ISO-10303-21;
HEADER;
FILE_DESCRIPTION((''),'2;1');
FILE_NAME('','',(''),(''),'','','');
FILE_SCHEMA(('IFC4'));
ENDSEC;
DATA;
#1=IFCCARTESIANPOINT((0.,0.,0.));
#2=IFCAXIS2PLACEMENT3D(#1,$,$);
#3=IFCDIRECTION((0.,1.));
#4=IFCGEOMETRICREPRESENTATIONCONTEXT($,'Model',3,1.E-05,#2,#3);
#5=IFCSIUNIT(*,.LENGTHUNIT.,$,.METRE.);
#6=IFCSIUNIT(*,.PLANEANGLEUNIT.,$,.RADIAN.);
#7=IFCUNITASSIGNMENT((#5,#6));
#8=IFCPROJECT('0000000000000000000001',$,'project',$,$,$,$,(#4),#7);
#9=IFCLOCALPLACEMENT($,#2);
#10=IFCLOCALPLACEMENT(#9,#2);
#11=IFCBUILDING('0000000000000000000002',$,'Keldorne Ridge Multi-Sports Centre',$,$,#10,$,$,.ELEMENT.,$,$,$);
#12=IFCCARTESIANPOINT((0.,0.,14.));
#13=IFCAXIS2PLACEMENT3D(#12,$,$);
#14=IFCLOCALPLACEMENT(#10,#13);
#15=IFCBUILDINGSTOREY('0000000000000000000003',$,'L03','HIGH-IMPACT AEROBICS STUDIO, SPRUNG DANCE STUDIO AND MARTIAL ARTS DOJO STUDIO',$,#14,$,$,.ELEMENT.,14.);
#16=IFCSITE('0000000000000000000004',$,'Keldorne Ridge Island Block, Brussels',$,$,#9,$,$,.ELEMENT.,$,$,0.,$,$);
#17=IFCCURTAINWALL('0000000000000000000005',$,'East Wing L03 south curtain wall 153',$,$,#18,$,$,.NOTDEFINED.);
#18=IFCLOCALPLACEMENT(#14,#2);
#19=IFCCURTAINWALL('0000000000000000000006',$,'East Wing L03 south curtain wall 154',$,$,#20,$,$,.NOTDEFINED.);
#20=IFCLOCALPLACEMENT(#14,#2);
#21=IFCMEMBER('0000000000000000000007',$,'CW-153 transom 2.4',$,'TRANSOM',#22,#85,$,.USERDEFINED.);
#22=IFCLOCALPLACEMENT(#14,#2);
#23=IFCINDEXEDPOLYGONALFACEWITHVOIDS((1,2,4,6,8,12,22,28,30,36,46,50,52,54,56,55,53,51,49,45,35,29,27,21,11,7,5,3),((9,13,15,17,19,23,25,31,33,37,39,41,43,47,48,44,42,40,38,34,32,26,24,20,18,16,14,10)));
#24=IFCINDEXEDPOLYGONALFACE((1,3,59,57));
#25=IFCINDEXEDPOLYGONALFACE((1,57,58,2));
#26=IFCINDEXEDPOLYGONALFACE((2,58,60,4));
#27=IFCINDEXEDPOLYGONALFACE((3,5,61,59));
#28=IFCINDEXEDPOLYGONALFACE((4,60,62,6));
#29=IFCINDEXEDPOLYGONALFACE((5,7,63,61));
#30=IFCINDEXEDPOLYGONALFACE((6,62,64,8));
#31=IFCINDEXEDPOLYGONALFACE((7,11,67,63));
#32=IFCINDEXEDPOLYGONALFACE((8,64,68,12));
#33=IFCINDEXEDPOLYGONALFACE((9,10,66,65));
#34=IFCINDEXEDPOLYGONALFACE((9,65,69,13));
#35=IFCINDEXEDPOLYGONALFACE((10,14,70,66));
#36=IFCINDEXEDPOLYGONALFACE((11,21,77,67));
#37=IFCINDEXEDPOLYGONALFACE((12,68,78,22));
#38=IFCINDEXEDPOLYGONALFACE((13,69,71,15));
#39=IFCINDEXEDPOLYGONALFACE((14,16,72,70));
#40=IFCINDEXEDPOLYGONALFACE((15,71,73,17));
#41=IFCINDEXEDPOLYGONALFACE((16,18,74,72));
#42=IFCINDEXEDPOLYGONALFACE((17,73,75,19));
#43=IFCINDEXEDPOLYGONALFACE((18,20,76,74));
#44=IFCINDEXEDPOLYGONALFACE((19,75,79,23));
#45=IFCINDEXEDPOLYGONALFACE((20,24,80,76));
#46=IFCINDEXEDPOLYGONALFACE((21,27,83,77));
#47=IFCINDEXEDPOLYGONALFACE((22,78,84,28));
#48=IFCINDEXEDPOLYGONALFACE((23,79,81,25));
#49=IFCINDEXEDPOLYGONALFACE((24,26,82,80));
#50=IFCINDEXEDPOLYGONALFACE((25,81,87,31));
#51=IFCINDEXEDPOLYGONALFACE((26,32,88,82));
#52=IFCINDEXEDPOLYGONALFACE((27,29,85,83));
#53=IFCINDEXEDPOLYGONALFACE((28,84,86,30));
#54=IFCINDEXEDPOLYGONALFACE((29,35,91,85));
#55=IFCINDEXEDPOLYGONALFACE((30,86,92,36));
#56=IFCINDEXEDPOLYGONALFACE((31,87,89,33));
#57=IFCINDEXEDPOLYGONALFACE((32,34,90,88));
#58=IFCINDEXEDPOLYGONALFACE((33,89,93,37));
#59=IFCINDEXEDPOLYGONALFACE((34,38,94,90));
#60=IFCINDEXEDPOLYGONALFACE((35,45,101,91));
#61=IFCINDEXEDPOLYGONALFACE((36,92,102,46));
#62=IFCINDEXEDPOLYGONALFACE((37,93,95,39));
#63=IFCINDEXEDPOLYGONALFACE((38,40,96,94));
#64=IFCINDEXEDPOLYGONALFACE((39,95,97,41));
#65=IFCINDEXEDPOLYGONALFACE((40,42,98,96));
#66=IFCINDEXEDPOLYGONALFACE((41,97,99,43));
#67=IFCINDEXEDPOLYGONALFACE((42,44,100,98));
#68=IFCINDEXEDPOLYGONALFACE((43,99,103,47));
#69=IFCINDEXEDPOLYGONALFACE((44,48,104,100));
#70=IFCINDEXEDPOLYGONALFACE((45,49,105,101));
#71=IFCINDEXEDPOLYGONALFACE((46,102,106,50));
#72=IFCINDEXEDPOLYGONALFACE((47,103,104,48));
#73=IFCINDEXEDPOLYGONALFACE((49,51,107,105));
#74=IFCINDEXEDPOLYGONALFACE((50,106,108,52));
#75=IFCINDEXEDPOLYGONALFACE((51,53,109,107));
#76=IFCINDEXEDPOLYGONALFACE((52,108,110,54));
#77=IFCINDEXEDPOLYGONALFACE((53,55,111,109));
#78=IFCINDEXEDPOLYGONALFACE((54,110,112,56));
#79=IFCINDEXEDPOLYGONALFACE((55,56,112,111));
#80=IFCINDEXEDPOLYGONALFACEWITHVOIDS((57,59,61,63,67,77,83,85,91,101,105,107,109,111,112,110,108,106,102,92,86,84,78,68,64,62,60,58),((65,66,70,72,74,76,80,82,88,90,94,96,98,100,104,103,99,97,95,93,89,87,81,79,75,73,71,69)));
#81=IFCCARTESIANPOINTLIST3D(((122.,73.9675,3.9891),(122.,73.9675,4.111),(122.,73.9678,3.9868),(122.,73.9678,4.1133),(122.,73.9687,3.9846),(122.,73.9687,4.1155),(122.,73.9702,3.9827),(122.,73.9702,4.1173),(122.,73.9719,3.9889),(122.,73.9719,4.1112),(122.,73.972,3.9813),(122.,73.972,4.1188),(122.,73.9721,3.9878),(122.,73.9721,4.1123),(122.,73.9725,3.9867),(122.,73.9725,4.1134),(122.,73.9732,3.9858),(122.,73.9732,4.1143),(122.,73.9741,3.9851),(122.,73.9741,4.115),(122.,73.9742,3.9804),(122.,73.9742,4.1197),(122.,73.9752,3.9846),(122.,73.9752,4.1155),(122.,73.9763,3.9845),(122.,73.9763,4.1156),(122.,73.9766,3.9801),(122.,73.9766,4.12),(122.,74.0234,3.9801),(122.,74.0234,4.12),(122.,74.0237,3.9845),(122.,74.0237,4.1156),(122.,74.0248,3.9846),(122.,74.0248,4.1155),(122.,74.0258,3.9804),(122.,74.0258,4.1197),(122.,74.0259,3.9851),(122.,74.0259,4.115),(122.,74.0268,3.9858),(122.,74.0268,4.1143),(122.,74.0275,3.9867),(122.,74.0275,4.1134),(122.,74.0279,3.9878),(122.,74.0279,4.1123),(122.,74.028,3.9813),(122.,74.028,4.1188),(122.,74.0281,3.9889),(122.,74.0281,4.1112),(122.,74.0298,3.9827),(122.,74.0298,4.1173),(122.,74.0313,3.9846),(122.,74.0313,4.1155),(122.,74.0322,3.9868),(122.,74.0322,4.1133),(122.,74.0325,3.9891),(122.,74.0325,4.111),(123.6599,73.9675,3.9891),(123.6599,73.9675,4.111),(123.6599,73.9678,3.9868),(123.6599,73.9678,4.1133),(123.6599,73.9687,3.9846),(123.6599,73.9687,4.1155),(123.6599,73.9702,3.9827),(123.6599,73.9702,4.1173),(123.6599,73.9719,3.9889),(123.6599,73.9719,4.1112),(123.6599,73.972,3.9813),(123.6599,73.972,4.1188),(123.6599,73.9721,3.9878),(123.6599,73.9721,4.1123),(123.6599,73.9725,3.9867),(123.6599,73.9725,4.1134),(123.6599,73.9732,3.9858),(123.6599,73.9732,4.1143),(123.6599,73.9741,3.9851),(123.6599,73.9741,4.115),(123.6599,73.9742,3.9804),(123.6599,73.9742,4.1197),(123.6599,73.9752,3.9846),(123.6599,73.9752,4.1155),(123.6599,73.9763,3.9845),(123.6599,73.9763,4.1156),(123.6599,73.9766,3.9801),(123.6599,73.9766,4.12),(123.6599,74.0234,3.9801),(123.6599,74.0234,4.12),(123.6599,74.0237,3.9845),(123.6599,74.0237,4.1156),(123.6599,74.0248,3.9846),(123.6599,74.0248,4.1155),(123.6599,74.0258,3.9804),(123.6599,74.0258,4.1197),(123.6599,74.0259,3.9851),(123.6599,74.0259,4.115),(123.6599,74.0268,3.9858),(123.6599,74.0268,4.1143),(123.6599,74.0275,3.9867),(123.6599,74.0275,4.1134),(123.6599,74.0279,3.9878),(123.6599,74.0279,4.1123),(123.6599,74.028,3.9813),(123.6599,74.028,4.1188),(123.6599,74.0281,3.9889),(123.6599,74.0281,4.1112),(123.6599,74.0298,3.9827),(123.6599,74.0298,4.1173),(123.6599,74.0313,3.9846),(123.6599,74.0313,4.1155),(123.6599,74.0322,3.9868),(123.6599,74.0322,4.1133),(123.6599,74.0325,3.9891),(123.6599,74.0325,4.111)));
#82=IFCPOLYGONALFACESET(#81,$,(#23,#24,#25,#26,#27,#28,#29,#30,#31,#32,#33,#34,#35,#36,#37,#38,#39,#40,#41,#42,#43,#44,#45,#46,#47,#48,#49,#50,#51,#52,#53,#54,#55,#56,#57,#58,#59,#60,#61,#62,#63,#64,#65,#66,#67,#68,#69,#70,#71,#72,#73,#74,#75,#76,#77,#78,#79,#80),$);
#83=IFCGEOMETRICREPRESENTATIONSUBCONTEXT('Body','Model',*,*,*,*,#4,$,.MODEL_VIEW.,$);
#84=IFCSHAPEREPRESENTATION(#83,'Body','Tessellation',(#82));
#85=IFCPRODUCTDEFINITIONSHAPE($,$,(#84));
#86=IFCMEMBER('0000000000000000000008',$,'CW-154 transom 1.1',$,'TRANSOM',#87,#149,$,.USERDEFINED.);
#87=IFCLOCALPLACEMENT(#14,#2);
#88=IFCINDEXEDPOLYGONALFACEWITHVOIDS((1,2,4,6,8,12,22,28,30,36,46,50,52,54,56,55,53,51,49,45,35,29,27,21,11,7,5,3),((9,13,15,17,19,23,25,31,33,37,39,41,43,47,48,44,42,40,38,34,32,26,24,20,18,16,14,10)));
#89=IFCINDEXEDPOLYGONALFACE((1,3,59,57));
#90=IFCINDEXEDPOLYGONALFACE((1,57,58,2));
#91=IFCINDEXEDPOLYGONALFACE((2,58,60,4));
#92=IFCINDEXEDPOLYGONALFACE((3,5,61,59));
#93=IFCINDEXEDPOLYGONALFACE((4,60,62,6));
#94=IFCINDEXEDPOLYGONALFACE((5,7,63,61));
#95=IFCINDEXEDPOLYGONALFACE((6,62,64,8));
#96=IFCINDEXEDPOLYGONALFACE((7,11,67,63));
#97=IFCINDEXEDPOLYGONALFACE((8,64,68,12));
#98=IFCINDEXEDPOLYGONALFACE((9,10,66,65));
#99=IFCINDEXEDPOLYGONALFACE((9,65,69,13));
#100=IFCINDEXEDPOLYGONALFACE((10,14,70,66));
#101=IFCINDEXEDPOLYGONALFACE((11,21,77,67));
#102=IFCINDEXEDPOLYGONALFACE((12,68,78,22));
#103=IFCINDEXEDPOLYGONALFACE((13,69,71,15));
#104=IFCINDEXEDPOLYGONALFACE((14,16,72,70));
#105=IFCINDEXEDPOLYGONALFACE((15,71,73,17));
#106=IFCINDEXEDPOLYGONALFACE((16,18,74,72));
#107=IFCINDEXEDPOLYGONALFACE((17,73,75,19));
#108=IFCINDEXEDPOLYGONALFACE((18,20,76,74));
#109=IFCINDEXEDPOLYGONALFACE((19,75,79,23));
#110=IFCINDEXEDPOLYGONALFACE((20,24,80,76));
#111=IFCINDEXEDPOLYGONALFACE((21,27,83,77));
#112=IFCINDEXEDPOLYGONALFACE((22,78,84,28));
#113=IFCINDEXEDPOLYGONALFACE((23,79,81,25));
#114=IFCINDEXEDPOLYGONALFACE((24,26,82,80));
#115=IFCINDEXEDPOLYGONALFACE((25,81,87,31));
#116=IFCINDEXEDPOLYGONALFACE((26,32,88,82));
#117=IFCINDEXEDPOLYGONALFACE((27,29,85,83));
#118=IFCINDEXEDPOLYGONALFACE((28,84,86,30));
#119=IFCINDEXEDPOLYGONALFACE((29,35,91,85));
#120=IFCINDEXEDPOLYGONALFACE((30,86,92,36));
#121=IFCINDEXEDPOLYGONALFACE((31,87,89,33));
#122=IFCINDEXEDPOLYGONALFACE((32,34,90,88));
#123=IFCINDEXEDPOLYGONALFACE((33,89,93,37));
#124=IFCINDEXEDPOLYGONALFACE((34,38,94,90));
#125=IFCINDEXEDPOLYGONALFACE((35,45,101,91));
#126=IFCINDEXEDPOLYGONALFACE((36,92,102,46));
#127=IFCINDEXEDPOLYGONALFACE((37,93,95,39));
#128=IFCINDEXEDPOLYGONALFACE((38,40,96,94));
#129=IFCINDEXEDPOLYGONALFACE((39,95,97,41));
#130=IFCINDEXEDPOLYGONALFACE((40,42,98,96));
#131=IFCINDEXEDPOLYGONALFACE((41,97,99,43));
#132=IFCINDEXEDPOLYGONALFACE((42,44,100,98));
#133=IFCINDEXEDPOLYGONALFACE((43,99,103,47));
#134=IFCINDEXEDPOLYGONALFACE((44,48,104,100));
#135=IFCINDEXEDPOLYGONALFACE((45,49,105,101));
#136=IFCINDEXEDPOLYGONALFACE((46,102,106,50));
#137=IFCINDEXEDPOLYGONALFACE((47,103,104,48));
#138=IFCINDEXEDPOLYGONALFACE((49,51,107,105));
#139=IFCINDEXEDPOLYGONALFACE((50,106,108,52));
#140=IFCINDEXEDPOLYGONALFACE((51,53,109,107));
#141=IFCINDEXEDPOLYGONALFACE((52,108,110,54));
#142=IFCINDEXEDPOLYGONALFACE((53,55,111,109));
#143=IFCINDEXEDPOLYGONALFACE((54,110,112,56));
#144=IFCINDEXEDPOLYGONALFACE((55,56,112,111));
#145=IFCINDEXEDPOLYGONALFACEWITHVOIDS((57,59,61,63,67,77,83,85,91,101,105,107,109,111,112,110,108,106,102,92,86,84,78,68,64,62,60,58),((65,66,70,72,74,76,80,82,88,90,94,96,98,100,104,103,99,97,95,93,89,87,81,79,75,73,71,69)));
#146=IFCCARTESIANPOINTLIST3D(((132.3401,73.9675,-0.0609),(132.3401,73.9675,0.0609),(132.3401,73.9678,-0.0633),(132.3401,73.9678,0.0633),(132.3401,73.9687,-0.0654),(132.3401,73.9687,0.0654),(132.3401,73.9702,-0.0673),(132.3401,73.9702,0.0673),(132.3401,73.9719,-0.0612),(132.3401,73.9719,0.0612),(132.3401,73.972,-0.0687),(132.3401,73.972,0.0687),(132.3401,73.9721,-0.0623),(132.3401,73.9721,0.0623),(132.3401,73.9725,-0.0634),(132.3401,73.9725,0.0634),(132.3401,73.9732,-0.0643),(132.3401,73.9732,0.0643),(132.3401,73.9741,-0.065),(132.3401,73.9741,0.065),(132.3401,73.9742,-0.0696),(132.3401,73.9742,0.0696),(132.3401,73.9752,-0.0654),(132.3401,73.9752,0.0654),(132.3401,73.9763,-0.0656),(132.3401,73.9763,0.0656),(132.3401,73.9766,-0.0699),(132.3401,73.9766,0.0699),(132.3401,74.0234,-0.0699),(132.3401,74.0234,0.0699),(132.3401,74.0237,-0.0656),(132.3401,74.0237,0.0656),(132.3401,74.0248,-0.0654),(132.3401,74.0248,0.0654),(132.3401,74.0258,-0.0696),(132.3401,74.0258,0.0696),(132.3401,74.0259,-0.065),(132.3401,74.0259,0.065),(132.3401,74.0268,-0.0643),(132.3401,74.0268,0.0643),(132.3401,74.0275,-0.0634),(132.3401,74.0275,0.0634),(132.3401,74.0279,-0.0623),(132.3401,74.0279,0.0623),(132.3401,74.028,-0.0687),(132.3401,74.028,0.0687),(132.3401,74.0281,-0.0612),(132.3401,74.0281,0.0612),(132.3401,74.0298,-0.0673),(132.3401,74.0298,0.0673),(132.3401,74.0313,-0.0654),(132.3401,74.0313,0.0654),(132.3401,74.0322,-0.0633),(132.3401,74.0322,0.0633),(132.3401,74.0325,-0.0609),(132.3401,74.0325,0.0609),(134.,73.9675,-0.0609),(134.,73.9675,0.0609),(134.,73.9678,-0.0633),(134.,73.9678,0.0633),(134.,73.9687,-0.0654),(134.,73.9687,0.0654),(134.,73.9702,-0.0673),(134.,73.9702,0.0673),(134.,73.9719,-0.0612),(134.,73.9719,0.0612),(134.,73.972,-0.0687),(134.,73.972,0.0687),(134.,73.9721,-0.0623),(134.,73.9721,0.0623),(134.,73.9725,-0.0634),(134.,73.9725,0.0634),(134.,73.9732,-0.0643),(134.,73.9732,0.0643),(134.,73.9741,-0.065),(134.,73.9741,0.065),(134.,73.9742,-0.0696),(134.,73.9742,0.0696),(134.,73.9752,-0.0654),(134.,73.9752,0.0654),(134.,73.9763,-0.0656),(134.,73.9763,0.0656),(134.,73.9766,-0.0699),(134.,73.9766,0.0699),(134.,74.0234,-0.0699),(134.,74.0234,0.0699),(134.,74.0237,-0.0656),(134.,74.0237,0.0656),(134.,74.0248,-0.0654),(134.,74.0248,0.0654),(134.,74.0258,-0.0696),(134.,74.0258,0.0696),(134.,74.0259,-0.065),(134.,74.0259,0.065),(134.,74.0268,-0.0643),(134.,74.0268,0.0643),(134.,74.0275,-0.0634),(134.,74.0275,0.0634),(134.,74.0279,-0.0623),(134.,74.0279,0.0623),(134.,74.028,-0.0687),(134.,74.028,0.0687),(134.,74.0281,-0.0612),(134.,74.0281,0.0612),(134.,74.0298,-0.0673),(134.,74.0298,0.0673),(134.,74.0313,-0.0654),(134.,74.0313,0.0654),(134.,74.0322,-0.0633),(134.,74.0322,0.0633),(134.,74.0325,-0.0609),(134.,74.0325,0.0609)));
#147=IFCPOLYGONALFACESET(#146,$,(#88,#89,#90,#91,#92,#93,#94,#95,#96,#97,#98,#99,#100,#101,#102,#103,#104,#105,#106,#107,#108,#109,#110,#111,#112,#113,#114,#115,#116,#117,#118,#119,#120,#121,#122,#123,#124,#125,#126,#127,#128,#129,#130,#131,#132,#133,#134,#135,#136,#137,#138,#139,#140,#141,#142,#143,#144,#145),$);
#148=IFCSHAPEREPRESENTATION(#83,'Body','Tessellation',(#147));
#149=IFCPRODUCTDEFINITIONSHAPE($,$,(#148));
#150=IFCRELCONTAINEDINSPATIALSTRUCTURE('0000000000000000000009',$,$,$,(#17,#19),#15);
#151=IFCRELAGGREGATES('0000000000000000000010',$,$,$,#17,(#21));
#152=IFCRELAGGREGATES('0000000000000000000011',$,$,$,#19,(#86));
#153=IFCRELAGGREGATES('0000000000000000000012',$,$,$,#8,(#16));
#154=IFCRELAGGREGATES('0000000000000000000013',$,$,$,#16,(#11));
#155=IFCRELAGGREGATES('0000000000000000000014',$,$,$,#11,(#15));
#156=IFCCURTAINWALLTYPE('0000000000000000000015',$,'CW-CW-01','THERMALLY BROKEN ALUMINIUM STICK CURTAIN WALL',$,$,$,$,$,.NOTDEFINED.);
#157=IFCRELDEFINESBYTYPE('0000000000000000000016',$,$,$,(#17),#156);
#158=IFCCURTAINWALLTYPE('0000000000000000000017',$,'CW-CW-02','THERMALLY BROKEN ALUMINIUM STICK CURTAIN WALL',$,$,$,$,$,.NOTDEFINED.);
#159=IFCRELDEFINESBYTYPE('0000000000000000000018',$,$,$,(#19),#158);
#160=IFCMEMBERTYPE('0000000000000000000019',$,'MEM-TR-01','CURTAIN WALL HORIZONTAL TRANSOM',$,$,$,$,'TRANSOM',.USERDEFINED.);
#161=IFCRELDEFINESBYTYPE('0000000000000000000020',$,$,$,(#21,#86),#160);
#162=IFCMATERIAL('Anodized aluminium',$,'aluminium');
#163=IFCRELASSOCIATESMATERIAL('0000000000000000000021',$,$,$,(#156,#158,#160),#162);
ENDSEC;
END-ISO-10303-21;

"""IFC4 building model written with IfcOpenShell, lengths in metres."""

from ifc_helpers import new_model, si_unit, direction, frame, origin, origin_2d, place, context, subcontext, project, spatial, hollow_rectangle, extrude, material, material_profile, profile_set, type_object, element, aggregate, save


model = new_model("IFC4")

# Units and contexts
model_context = context("Model", 3, precision=1e-05, world=origin(), true_north=direction((0.0, 1.0)))
body_context = subcontext(model_context, "Body", "Model", "MODEL_VIEW")
ifc_project = project(units=[si_unit("LENGTHUNIT", "METRE"), si_unit("PLANEANGLEUNIT", "RADIAN")], contexts=[model_context])

# Site, building, storey
site_placement = place(None, origin())
site = spatial("IfcSite", under=ifc_project, at=site_placement, Name="Keldorne Ridge Island Block, Brussels", CompositionType="ELEMENT", RefElevation=0.0)
building_placement = place(site_placement, origin())
building = spatial("IfcBuilding", under=site, at=building_placement, Name="Keldorne Ridge Multi-Sports Centre", CompositionType="ELEMENT")
storey_placement = place(building_placement, frame((0.0, 0.0, 14.0)))
storey = spatial("IfcBuildingStorey", under=building, at=storey_placement, Name="L03", Description="HIGH-IMPACT AEROBICS STUDIO, SPRUNG DANCE STUDIO AND MARTIAL ARTS DOJO STUDIO", CompositionType="ELEMENT", Elevation=14.0)

# Curtain wall
ifc_material_1 = material(Name="Anodized aluminium", Category="aluminium")
curtain_wall_type_1 = type_object("IfcCurtainWallType", Name="CW-CW-01", Description="THERMALLY BROKEN ALUMINIUM STICK CURTAIN WALL", PredefinedType="NOTDEFINED", material=ifc_material_1)
curtain_wall_1_placement = place(storey_placement, origin())
curtain_wall_1 = element("IfcCurtainWall", 1, at=curtain_wall_1_placement, inside=storey, type_object=curtain_wall_type_1, Name="East Wing L03 south curtain wall 153", PredefinedType="NOTDEFINED")

# Curtain wall
curtain_wall_type_2 = type_object("IfcCurtainWallType", Name="CW-CW-02", Description="THERMALLY BROKEN ALUMINIUM STICK CURTAIN WALL", PredefinedType="NOTDEFINED", material=ifc_material_1)
curtain_wall_2_placement = place(storey_placement, origin())
curtain_wall_2 = element("IfcCurtainWall", 2, at=curtain_wall_2_placement, inside=storey, type_object=curtain_wall_type_2, Name="East Wing L03 south curtain wall 154", PredefinedType="NOTDEFINED")

# Members
ifc_material_profile_1 = material_profile(ifc_material_1, hollow_rectangle(XDim=0.0649, YDim=0.1399, WallThickness=0.0044, InnerFilletRadius=0.0044, OuterFilletRadius=0.009, at=origin_2d()), Name="ALU TRANSOM 140x65x4.5")
ifc_profile_set_1 = profile_set([ifc_material_profile_1], Name="Anodized aluminium")
member_type_1 = type_object("IfcMemberType", Name="MEM-TR-01", Description="CURTAIN WALL HORIZONTAL TRANSOM", ElementType="TRANSOM", PredefinedType="USERDEFINED", material=ifc_profile_set_1)
member_1_placement = place(storey_placement, frame((122.0, 74.0, 4.05), z_axis=(1.0, 0.0, 0.0), x_axis=(0.0, 1.0, 0.0)))
member_1 = element("IfcMember", 3, at=member_1_placement, type_object=member_type_1, Name="CW-153 transom 2.4", ObjectType="TRANSOM", PredefinedType="USERDEFINED", context=body_context, shape_type="SweptSolid", body=[
    extrude(hollow_rectangle(XDim=0.0649, YDim=0.1399, WallThickness=0.0044, InnerFilletRadius=0.0044, OuterFilletRadius=0.009, at=origin_2d()), origin(), (0.0, 0.0, 1.0), 1.6599),
])
member_2_placement = place(storey_placement, frame((132.3401, 74.0, 0.0), z_axis=(1.0, 0.0, 0.0), x_axis=(0.0, 1.0, 0.0)))
member_2 = element("IfcMember", 4, at=member_2_placement, type_object=member_type_1, Name="CW-154 transom 1.1", ObjectType="TRANSOM", PredefinedType="USERDEFINED", context=body_context, shape_type="SweptSolid", body=[
    extrude(hollow_rectangle(XDim=0.0649, YDim=0.1399, WallThickness=0.0044, InnerFilletRadius=0.0044, OuterFilletRadius=0.009, at=origin_2d()), origin(), (0.0, 0.0, 1.0), 1.6599),
])

aggregate(curtain_wall_1, [member_1])
aggregate(curtain_wall_2, [member_2])

save(model, "model.ifc")
